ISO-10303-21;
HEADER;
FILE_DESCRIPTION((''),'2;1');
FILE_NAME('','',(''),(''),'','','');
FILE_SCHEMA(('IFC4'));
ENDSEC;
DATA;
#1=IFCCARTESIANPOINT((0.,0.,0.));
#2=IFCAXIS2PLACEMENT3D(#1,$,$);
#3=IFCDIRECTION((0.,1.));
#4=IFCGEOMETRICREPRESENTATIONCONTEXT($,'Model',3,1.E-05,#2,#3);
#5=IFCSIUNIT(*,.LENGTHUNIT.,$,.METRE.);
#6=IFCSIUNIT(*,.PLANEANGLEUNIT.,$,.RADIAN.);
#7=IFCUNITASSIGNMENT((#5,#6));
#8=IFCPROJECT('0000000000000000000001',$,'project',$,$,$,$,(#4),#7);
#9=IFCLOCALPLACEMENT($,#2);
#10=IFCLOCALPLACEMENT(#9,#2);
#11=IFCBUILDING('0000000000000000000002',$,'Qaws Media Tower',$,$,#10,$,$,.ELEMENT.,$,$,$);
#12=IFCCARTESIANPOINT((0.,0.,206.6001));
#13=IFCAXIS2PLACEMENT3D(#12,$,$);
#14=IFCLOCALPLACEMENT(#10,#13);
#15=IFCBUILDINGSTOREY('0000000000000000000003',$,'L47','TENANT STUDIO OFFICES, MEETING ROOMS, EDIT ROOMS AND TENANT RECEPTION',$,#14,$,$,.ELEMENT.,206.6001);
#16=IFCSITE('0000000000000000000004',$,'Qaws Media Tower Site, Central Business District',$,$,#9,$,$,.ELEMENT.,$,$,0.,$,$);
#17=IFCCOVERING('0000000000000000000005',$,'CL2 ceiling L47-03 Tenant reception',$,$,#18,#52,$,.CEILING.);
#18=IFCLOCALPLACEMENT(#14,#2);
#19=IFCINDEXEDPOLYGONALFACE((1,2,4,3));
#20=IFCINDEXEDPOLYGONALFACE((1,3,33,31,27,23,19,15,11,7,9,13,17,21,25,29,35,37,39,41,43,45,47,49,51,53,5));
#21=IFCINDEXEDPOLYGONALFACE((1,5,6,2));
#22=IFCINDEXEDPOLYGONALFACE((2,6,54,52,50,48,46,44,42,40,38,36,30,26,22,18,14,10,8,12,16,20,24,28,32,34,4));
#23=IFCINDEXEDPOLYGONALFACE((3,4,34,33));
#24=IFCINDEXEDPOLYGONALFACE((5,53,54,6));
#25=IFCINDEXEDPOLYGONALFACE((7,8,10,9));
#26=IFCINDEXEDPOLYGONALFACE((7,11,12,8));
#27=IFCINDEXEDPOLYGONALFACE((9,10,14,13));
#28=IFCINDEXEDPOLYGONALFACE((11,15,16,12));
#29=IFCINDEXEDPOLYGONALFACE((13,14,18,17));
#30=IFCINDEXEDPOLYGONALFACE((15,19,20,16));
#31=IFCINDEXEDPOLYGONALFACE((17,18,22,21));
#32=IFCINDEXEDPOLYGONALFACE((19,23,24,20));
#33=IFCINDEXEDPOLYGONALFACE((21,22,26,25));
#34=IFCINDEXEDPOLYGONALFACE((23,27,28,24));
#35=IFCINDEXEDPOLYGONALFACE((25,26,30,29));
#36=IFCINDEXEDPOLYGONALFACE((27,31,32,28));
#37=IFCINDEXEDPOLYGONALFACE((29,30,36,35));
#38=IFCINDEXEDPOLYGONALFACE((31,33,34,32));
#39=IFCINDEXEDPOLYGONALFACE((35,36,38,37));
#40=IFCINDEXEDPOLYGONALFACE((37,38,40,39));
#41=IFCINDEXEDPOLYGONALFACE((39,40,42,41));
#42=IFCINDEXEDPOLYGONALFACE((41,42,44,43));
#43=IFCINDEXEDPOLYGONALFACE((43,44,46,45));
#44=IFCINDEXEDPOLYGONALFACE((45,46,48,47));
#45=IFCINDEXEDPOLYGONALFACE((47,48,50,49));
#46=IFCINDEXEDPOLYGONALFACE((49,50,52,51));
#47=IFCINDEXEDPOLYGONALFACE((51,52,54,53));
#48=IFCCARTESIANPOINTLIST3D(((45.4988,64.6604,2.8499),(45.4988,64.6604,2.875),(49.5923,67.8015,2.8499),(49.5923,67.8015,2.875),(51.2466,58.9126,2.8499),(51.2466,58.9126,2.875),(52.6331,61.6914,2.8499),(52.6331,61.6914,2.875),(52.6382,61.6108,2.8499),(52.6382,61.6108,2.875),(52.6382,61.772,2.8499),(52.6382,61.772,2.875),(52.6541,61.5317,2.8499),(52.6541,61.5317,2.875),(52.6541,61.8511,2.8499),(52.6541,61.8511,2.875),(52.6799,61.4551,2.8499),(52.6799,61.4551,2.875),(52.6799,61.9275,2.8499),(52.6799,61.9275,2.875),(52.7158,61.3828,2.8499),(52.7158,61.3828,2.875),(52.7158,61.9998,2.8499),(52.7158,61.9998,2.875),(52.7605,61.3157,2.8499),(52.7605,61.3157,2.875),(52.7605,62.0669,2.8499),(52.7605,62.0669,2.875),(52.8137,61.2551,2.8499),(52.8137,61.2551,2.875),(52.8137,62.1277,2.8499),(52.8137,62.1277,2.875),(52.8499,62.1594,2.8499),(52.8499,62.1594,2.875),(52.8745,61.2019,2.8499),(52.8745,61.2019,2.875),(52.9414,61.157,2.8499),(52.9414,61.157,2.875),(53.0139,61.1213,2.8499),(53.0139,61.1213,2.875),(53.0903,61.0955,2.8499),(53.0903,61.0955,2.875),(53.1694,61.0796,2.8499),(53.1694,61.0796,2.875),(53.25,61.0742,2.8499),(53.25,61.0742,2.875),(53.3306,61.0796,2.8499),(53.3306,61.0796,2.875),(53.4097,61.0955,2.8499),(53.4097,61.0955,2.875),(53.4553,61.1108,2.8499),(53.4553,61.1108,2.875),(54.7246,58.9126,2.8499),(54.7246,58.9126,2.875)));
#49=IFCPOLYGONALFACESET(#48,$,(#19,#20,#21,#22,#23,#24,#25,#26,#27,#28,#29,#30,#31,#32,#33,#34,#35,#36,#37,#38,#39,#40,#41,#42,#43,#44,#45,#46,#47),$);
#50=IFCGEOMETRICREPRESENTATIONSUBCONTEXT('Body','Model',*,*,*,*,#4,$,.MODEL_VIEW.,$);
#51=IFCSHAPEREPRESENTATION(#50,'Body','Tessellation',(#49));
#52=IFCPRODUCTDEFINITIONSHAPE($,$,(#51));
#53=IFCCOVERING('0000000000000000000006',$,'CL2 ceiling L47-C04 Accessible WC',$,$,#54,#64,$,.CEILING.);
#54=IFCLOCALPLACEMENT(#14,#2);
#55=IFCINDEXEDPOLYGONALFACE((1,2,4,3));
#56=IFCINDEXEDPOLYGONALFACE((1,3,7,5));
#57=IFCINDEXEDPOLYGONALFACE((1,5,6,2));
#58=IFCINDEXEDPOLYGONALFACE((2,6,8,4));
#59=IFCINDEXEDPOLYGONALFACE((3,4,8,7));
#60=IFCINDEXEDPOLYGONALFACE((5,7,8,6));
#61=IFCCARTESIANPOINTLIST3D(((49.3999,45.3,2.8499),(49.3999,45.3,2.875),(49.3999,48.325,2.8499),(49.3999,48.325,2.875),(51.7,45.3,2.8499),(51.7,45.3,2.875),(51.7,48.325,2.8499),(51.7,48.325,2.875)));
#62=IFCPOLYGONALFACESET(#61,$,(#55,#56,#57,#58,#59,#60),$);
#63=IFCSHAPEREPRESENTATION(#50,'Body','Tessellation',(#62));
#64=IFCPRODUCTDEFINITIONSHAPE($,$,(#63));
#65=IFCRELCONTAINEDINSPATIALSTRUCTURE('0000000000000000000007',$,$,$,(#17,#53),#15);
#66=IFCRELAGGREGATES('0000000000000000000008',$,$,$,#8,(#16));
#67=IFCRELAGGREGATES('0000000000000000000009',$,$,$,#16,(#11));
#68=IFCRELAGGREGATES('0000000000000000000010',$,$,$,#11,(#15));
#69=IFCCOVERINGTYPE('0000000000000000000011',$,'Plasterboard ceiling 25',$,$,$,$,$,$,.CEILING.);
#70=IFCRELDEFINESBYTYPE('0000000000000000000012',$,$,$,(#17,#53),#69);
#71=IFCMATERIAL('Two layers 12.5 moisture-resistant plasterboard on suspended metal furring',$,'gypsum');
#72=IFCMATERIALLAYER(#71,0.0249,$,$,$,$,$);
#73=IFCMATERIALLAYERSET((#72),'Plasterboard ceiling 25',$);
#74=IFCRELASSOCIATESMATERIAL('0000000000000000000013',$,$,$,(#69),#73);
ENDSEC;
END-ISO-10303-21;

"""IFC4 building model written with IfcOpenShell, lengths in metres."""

from ifc_helpers import new_model, si_unit, direction, frame, origin, place, context, subcontext, project, spatial, polyline, outline, extrude, material, layer, layer_set, type_object, element, save


model = new_model("IFC4")

# Units and contexts
model_context = context("Model", 3, precision=1e-05, world=origin(), true_north=direction((0.0, 1.0)))
body_context = subcontext(model_context, "Body", "Model", "MODEL_VIEW")
ifc_project = project(units=[si_unit("LENGTHUNIT", "METRE"), si_unit("PLANEANGLEUNIT", "RADIAN")], contexts=[model_context])

# Site, building, storey
site_placement = place(None, origin())
site = spatial("IfcSite", under=ifc_project, at=site_placement, Name="Qaws Media Tower Site, Central Business District", CompositionType="ELEMENT", RefElevation=0.0)
building_placement = place(site_placement, origin())
building = spatial("IfcBuilding", under=site, at=building_placement, Name="Qaws Media Tower", CompositionType="ELEMENT")
storey_placement = place(building_placement, frame((0.0, 0.0, 206.6001)))
storey = spatial("IfcBuildingStorey", under=building, at=storey_placement, Name="L47", Description="TENANT STUDIO OFFICES, MEETING ROOMS, EDIT ROOMS AND TENANT RECEPTION", CompositionType="ELEMENT", Elevation=206.6001)

# Coverings
ifc_material_1 = material(Name="Two layers 12.5 moisture-resistant plasterboard on suspended metal furring", Category="gypsum")
ifc_layer_1 = layer(ifc_material_1, 0.0249)
ifc_layer_set_1 = layer_set([ifc_layer_1], Name="Plasterboard ceiling 25")
covering_type_1 = type_object("IfcCoveringType", Name="Plasterboard ceiling 25", PredefinedType="CEILING", material=ifc_layer_set_1)
covering_1_placement = place(storey_placement, frame((0.0, 0.0, 2.8499)))
element("IfcCovering", 1, at=covering_1_placement, inside=storey, type_object=covering_type_1, Name="CL2 ceiling L47-03 Tenant reception", PredefinedType="CEILING", context=body_context, shape_type="SweptSolid", body=[
    extrude(outline(polyline([(49.5923, 67.8015), (52.8499, 62.1594), (52.8137, 62.1277), (52.7605, 62.0669), (52.7158, 61.9998), (52.6799, 61.9275), (52.6541, 61.8511), (52.6382, 61.772), (52.6331, 61.6914), (52.6382, 61.6108), (52.6541, 61.5317), (52.6799, 61.4551), (52.7158, 61.3828), (52.7605, 61.3157), (52.8137, 61.2551), (52.8745, 61.2019), (52.9414, 61.157), (53.0139, 61.1213), (53.0903, 61.0955), (53.1694, 61.0796), (53.25, 61.0742), (53.3306, 61.0796), (53.4097, 61.0955), (53.4553, 61.1108), (54.7246, 58.9126), (51.2466, 58.9126), (45.4988, 64.6604), (49.5923, 67.8015)])), origin(), (0.0, 0.0, 1.0), 0.0251),
])
covering_2_placement = place(storey_placement, frame((0.0, 0.0, 2.8499)))
element("IfcCovering", 2, at=covering_2_placement, inside=storey, type_object=covering_type_1, Name="CL2 ceiling L47-C04 Accessible WC", PredefinedType="CEILING", context=body_context, shape_type="SweptSolid", body=[
    extrude(outline(polyline([(49.3999, 45.3), (49.3999, 48.325), (51.7, 48.325), (51.7, 45.3), (49.3999, 45.3)])), origin(), (0.0, 0.0, 1.0), 0.0251),
])

save(model, "model.ifc")
